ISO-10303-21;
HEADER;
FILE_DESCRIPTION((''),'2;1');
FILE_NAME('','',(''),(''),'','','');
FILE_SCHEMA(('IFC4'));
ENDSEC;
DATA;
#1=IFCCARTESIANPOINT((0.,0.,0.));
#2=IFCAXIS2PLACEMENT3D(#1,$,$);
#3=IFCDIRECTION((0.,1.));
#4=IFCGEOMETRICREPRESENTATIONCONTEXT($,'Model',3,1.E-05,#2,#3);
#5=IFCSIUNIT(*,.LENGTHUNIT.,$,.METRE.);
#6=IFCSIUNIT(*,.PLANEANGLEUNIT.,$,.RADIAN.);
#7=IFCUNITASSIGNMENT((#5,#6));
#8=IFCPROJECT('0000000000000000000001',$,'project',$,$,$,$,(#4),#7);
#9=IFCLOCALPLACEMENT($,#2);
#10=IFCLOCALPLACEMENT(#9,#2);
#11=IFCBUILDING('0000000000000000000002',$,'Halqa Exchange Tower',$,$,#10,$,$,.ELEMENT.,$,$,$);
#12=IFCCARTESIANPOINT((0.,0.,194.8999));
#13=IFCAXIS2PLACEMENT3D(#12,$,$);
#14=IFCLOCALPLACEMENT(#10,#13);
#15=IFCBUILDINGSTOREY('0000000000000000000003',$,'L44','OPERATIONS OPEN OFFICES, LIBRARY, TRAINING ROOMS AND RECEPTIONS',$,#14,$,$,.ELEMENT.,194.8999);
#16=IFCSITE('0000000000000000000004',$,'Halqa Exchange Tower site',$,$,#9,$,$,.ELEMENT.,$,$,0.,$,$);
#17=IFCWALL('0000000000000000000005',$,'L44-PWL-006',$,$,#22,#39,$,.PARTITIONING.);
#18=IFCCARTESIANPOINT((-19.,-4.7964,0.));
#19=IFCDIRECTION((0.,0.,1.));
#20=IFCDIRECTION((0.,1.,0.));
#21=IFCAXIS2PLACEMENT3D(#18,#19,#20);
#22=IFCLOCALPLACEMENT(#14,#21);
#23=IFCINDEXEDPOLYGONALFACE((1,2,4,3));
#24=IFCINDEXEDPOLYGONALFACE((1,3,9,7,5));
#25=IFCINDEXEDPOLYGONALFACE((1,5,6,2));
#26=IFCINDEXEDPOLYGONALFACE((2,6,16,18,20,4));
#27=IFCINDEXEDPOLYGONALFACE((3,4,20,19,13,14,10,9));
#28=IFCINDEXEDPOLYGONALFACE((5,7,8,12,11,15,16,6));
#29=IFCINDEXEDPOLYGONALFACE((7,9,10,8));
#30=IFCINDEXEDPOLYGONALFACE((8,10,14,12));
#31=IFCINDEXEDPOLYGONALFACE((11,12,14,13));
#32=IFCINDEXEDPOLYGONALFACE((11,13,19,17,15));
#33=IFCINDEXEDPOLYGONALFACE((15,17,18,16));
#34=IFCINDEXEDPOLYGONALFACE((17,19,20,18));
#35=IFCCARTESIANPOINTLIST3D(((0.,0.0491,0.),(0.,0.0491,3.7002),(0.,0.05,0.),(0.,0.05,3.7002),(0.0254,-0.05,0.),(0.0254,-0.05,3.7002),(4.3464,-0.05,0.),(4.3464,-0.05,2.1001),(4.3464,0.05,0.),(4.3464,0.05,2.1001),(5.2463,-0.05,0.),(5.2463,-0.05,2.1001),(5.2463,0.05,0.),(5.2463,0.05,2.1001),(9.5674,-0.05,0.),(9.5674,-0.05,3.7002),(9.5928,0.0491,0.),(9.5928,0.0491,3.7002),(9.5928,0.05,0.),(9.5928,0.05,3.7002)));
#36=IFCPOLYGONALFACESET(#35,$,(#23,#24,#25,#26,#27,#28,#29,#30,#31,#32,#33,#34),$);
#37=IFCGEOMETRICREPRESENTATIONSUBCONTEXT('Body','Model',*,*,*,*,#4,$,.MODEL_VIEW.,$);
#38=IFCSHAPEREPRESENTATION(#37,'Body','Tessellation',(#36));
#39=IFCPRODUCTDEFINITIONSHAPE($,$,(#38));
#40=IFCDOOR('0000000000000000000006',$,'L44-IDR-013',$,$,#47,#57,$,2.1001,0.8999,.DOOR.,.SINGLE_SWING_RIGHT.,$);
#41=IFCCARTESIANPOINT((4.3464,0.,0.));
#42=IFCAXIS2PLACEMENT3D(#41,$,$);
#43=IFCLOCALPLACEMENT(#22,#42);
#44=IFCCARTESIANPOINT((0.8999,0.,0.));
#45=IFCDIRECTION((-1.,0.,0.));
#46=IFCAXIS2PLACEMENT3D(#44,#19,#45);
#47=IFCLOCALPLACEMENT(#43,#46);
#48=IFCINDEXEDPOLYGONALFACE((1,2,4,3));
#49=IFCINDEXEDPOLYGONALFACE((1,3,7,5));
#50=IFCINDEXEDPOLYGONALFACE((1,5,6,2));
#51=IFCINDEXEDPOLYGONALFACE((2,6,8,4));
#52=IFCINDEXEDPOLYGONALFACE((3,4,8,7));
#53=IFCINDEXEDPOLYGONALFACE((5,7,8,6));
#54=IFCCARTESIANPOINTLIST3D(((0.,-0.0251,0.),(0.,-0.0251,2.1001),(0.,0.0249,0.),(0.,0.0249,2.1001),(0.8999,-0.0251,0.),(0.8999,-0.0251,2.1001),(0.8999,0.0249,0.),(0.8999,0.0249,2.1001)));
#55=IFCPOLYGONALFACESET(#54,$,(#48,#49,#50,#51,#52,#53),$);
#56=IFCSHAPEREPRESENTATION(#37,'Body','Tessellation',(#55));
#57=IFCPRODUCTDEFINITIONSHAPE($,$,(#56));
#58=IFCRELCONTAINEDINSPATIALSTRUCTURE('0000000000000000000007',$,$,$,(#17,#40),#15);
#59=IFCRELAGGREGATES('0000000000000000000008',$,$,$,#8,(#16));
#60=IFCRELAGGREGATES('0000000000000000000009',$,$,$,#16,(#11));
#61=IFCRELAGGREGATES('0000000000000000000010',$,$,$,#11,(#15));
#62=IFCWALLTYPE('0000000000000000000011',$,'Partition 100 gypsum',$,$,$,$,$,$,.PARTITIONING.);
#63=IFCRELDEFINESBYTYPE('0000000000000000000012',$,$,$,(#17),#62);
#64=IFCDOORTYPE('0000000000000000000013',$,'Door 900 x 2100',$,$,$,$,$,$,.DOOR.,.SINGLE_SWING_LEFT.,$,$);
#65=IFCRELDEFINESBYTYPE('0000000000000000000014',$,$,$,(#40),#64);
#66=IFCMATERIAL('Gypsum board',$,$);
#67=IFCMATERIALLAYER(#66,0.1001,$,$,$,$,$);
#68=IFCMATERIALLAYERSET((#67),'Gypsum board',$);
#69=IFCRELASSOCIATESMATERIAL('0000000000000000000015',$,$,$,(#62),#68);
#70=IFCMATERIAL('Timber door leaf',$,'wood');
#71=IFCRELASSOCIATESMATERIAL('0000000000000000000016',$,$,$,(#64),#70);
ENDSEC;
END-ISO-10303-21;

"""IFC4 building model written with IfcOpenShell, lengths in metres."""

from ifc_helpers import new_model, si_unit, direction, frame, frame_2d, origin, place, context, subcontext, project, spatial, polyline, rectangle, outline, extrude, material, layer, layer_set, type_object, element, fill, save


model = new_model("IFC4")

# Units and contexts
model_context = context("Model", 3, precision=1e-05, world=origin(), true_north=direction((0.0, 1.0)))
body_context = subcontext(model_context, "Body", "Model", "MODEL_VIEW")
ifc_project = project(units=[si_unit("LENGTHUNIT", "METRE"), si_unit("PLANEANGLEUNIT", "RADIAN")], contexts=[model_context])

# Site, building, storey
site_placement = place(None, origin())
site = spatial("IfcSite", under=ifc_project, at=site_placement, Name="Halqa Exchange Tower site", CompositionType="ELEMENT", RefElevation=0.0)
building_placement = place(site_placement, origin())
building = spatial("IfcBuilding", under=site, at=building_placement, Name="Halqa Exchange Tower", CompositionType="ELEMENT")
storey_placement = place(building_placement, frame((0.0, 0.0, 194.8999)))
storey = spatial("IfcBuildingStorey", under=building, at=storey_placement, Name="L44", Description="OPERATIONS OPEN OFFICES, LIBRARY, TRAINING ROOMS AND RECEPTIONS", CompositionType="ELEMENT", Elevation=194.8999)

# Wall, opening, door
ifc_material_1 = material(Name="Gypsum board")
ifc_layer_1 = layer(ifc_material_1, 0.1001)
ifc_layer_set_1 = layer_set([ifc_layer_1], Name="Gypsum board")
wall_type_1 = type_object("IfcWallType", Name="Partition 100 gypsum", PredefinedType="PARTITIONING", material=ifc_layer_set_1)
ifc_material_2 = material(Name="Timber door leaf", Category="wood")
door_type_1 = type_object("IfcDoorType", Name="Door 900 x 2100", OperationType="SINGLE_SWING_LEFT", PredefinedType="DOOR", material=ifc_material_2)
wall_1_placement = place(storey_placement, frame((-19.0, -4.7964, 0.0), z_axis=(0.0, 0.0, 1.0), x_axis=(0.0, 1.0, 0.0)))
wall_1 = element("IfcWall", 1, at=wall_1_placement, inside=storey, type_object=wall_type_1, Name="L44-PWL-006", PredefinedType="PARTITIONING", context=body_context, shape_type="SweptSolid", body=[
    extrude(outline(polyline([(0.0254, -0.05), (1.9338, -0.05), (3.8423, -0.05), (5.7505, -0.05), (7.6589, -0.05), (9.5674, -0.05), (9.5928, 0.0491), (9.5928, 0.05), (7.6743, 0.05), (5.7556, 0.05), (3.8372, 0.05), (1.9185, 0.05), (0.0, 0.05), (0.0, 0.0491), (0.0254, -0.05)])), origin(), (0.0, 0.0, 1.0), 3.7002),
])
opening_1_placement = place(wall_1_placement, frame((4.3464, 0.0, 0.0)))
opening_1 = element("IfcOpeningElement", 2, at=opening_1_placement, cuts=wall_1, PredefinedType="OPENING", context=body_context, shape_type="SweptSolid", body=[
    extrude(rectangle(XDim=0.8999, YDim=2.1001, at=frame_2d((0.45, 1.05))), frame((0.0, 0.062, 0.0), z_axis=(0.0, -1.0, 0.0), x_axis=(1.0, 0.0, 0.0)), (0.0, 0.0, 1.0), 0.124),
])
door_1_placement = place(opening_1_placement, frame((0.8999, 0.0, 0.0), z_axis=(0.0, 0.0, 1.0), x_axis=(-1.0, 0.0, 0.0)))
door_1 = element("IfcDoor", 3, at=door_1_placement, inside=storey, type_object=door_type_1, Name="L44-IDR-013", OperationType="SINGLE_SWING_RIGHT", OverallHeight=2.1001, OverallWidth=0.8999, PredefinedType="DOOR", context=body_context, shape_type="SweptSolid", body=[
    extrude(rectangle(XDim=0.8999, YDim=2.1001, at=frame_2d((0.45, 1.05))), frame((0.0, 0.0249, 0.0), z_axis=(0.0, -1.0, 0.0), x_axis=(1.0, 0.0, 0.0)), (0.0, 0.0, 1.0), 0.05),
])
fill(opening_1, door_1)

save(model, "model.ifc")
